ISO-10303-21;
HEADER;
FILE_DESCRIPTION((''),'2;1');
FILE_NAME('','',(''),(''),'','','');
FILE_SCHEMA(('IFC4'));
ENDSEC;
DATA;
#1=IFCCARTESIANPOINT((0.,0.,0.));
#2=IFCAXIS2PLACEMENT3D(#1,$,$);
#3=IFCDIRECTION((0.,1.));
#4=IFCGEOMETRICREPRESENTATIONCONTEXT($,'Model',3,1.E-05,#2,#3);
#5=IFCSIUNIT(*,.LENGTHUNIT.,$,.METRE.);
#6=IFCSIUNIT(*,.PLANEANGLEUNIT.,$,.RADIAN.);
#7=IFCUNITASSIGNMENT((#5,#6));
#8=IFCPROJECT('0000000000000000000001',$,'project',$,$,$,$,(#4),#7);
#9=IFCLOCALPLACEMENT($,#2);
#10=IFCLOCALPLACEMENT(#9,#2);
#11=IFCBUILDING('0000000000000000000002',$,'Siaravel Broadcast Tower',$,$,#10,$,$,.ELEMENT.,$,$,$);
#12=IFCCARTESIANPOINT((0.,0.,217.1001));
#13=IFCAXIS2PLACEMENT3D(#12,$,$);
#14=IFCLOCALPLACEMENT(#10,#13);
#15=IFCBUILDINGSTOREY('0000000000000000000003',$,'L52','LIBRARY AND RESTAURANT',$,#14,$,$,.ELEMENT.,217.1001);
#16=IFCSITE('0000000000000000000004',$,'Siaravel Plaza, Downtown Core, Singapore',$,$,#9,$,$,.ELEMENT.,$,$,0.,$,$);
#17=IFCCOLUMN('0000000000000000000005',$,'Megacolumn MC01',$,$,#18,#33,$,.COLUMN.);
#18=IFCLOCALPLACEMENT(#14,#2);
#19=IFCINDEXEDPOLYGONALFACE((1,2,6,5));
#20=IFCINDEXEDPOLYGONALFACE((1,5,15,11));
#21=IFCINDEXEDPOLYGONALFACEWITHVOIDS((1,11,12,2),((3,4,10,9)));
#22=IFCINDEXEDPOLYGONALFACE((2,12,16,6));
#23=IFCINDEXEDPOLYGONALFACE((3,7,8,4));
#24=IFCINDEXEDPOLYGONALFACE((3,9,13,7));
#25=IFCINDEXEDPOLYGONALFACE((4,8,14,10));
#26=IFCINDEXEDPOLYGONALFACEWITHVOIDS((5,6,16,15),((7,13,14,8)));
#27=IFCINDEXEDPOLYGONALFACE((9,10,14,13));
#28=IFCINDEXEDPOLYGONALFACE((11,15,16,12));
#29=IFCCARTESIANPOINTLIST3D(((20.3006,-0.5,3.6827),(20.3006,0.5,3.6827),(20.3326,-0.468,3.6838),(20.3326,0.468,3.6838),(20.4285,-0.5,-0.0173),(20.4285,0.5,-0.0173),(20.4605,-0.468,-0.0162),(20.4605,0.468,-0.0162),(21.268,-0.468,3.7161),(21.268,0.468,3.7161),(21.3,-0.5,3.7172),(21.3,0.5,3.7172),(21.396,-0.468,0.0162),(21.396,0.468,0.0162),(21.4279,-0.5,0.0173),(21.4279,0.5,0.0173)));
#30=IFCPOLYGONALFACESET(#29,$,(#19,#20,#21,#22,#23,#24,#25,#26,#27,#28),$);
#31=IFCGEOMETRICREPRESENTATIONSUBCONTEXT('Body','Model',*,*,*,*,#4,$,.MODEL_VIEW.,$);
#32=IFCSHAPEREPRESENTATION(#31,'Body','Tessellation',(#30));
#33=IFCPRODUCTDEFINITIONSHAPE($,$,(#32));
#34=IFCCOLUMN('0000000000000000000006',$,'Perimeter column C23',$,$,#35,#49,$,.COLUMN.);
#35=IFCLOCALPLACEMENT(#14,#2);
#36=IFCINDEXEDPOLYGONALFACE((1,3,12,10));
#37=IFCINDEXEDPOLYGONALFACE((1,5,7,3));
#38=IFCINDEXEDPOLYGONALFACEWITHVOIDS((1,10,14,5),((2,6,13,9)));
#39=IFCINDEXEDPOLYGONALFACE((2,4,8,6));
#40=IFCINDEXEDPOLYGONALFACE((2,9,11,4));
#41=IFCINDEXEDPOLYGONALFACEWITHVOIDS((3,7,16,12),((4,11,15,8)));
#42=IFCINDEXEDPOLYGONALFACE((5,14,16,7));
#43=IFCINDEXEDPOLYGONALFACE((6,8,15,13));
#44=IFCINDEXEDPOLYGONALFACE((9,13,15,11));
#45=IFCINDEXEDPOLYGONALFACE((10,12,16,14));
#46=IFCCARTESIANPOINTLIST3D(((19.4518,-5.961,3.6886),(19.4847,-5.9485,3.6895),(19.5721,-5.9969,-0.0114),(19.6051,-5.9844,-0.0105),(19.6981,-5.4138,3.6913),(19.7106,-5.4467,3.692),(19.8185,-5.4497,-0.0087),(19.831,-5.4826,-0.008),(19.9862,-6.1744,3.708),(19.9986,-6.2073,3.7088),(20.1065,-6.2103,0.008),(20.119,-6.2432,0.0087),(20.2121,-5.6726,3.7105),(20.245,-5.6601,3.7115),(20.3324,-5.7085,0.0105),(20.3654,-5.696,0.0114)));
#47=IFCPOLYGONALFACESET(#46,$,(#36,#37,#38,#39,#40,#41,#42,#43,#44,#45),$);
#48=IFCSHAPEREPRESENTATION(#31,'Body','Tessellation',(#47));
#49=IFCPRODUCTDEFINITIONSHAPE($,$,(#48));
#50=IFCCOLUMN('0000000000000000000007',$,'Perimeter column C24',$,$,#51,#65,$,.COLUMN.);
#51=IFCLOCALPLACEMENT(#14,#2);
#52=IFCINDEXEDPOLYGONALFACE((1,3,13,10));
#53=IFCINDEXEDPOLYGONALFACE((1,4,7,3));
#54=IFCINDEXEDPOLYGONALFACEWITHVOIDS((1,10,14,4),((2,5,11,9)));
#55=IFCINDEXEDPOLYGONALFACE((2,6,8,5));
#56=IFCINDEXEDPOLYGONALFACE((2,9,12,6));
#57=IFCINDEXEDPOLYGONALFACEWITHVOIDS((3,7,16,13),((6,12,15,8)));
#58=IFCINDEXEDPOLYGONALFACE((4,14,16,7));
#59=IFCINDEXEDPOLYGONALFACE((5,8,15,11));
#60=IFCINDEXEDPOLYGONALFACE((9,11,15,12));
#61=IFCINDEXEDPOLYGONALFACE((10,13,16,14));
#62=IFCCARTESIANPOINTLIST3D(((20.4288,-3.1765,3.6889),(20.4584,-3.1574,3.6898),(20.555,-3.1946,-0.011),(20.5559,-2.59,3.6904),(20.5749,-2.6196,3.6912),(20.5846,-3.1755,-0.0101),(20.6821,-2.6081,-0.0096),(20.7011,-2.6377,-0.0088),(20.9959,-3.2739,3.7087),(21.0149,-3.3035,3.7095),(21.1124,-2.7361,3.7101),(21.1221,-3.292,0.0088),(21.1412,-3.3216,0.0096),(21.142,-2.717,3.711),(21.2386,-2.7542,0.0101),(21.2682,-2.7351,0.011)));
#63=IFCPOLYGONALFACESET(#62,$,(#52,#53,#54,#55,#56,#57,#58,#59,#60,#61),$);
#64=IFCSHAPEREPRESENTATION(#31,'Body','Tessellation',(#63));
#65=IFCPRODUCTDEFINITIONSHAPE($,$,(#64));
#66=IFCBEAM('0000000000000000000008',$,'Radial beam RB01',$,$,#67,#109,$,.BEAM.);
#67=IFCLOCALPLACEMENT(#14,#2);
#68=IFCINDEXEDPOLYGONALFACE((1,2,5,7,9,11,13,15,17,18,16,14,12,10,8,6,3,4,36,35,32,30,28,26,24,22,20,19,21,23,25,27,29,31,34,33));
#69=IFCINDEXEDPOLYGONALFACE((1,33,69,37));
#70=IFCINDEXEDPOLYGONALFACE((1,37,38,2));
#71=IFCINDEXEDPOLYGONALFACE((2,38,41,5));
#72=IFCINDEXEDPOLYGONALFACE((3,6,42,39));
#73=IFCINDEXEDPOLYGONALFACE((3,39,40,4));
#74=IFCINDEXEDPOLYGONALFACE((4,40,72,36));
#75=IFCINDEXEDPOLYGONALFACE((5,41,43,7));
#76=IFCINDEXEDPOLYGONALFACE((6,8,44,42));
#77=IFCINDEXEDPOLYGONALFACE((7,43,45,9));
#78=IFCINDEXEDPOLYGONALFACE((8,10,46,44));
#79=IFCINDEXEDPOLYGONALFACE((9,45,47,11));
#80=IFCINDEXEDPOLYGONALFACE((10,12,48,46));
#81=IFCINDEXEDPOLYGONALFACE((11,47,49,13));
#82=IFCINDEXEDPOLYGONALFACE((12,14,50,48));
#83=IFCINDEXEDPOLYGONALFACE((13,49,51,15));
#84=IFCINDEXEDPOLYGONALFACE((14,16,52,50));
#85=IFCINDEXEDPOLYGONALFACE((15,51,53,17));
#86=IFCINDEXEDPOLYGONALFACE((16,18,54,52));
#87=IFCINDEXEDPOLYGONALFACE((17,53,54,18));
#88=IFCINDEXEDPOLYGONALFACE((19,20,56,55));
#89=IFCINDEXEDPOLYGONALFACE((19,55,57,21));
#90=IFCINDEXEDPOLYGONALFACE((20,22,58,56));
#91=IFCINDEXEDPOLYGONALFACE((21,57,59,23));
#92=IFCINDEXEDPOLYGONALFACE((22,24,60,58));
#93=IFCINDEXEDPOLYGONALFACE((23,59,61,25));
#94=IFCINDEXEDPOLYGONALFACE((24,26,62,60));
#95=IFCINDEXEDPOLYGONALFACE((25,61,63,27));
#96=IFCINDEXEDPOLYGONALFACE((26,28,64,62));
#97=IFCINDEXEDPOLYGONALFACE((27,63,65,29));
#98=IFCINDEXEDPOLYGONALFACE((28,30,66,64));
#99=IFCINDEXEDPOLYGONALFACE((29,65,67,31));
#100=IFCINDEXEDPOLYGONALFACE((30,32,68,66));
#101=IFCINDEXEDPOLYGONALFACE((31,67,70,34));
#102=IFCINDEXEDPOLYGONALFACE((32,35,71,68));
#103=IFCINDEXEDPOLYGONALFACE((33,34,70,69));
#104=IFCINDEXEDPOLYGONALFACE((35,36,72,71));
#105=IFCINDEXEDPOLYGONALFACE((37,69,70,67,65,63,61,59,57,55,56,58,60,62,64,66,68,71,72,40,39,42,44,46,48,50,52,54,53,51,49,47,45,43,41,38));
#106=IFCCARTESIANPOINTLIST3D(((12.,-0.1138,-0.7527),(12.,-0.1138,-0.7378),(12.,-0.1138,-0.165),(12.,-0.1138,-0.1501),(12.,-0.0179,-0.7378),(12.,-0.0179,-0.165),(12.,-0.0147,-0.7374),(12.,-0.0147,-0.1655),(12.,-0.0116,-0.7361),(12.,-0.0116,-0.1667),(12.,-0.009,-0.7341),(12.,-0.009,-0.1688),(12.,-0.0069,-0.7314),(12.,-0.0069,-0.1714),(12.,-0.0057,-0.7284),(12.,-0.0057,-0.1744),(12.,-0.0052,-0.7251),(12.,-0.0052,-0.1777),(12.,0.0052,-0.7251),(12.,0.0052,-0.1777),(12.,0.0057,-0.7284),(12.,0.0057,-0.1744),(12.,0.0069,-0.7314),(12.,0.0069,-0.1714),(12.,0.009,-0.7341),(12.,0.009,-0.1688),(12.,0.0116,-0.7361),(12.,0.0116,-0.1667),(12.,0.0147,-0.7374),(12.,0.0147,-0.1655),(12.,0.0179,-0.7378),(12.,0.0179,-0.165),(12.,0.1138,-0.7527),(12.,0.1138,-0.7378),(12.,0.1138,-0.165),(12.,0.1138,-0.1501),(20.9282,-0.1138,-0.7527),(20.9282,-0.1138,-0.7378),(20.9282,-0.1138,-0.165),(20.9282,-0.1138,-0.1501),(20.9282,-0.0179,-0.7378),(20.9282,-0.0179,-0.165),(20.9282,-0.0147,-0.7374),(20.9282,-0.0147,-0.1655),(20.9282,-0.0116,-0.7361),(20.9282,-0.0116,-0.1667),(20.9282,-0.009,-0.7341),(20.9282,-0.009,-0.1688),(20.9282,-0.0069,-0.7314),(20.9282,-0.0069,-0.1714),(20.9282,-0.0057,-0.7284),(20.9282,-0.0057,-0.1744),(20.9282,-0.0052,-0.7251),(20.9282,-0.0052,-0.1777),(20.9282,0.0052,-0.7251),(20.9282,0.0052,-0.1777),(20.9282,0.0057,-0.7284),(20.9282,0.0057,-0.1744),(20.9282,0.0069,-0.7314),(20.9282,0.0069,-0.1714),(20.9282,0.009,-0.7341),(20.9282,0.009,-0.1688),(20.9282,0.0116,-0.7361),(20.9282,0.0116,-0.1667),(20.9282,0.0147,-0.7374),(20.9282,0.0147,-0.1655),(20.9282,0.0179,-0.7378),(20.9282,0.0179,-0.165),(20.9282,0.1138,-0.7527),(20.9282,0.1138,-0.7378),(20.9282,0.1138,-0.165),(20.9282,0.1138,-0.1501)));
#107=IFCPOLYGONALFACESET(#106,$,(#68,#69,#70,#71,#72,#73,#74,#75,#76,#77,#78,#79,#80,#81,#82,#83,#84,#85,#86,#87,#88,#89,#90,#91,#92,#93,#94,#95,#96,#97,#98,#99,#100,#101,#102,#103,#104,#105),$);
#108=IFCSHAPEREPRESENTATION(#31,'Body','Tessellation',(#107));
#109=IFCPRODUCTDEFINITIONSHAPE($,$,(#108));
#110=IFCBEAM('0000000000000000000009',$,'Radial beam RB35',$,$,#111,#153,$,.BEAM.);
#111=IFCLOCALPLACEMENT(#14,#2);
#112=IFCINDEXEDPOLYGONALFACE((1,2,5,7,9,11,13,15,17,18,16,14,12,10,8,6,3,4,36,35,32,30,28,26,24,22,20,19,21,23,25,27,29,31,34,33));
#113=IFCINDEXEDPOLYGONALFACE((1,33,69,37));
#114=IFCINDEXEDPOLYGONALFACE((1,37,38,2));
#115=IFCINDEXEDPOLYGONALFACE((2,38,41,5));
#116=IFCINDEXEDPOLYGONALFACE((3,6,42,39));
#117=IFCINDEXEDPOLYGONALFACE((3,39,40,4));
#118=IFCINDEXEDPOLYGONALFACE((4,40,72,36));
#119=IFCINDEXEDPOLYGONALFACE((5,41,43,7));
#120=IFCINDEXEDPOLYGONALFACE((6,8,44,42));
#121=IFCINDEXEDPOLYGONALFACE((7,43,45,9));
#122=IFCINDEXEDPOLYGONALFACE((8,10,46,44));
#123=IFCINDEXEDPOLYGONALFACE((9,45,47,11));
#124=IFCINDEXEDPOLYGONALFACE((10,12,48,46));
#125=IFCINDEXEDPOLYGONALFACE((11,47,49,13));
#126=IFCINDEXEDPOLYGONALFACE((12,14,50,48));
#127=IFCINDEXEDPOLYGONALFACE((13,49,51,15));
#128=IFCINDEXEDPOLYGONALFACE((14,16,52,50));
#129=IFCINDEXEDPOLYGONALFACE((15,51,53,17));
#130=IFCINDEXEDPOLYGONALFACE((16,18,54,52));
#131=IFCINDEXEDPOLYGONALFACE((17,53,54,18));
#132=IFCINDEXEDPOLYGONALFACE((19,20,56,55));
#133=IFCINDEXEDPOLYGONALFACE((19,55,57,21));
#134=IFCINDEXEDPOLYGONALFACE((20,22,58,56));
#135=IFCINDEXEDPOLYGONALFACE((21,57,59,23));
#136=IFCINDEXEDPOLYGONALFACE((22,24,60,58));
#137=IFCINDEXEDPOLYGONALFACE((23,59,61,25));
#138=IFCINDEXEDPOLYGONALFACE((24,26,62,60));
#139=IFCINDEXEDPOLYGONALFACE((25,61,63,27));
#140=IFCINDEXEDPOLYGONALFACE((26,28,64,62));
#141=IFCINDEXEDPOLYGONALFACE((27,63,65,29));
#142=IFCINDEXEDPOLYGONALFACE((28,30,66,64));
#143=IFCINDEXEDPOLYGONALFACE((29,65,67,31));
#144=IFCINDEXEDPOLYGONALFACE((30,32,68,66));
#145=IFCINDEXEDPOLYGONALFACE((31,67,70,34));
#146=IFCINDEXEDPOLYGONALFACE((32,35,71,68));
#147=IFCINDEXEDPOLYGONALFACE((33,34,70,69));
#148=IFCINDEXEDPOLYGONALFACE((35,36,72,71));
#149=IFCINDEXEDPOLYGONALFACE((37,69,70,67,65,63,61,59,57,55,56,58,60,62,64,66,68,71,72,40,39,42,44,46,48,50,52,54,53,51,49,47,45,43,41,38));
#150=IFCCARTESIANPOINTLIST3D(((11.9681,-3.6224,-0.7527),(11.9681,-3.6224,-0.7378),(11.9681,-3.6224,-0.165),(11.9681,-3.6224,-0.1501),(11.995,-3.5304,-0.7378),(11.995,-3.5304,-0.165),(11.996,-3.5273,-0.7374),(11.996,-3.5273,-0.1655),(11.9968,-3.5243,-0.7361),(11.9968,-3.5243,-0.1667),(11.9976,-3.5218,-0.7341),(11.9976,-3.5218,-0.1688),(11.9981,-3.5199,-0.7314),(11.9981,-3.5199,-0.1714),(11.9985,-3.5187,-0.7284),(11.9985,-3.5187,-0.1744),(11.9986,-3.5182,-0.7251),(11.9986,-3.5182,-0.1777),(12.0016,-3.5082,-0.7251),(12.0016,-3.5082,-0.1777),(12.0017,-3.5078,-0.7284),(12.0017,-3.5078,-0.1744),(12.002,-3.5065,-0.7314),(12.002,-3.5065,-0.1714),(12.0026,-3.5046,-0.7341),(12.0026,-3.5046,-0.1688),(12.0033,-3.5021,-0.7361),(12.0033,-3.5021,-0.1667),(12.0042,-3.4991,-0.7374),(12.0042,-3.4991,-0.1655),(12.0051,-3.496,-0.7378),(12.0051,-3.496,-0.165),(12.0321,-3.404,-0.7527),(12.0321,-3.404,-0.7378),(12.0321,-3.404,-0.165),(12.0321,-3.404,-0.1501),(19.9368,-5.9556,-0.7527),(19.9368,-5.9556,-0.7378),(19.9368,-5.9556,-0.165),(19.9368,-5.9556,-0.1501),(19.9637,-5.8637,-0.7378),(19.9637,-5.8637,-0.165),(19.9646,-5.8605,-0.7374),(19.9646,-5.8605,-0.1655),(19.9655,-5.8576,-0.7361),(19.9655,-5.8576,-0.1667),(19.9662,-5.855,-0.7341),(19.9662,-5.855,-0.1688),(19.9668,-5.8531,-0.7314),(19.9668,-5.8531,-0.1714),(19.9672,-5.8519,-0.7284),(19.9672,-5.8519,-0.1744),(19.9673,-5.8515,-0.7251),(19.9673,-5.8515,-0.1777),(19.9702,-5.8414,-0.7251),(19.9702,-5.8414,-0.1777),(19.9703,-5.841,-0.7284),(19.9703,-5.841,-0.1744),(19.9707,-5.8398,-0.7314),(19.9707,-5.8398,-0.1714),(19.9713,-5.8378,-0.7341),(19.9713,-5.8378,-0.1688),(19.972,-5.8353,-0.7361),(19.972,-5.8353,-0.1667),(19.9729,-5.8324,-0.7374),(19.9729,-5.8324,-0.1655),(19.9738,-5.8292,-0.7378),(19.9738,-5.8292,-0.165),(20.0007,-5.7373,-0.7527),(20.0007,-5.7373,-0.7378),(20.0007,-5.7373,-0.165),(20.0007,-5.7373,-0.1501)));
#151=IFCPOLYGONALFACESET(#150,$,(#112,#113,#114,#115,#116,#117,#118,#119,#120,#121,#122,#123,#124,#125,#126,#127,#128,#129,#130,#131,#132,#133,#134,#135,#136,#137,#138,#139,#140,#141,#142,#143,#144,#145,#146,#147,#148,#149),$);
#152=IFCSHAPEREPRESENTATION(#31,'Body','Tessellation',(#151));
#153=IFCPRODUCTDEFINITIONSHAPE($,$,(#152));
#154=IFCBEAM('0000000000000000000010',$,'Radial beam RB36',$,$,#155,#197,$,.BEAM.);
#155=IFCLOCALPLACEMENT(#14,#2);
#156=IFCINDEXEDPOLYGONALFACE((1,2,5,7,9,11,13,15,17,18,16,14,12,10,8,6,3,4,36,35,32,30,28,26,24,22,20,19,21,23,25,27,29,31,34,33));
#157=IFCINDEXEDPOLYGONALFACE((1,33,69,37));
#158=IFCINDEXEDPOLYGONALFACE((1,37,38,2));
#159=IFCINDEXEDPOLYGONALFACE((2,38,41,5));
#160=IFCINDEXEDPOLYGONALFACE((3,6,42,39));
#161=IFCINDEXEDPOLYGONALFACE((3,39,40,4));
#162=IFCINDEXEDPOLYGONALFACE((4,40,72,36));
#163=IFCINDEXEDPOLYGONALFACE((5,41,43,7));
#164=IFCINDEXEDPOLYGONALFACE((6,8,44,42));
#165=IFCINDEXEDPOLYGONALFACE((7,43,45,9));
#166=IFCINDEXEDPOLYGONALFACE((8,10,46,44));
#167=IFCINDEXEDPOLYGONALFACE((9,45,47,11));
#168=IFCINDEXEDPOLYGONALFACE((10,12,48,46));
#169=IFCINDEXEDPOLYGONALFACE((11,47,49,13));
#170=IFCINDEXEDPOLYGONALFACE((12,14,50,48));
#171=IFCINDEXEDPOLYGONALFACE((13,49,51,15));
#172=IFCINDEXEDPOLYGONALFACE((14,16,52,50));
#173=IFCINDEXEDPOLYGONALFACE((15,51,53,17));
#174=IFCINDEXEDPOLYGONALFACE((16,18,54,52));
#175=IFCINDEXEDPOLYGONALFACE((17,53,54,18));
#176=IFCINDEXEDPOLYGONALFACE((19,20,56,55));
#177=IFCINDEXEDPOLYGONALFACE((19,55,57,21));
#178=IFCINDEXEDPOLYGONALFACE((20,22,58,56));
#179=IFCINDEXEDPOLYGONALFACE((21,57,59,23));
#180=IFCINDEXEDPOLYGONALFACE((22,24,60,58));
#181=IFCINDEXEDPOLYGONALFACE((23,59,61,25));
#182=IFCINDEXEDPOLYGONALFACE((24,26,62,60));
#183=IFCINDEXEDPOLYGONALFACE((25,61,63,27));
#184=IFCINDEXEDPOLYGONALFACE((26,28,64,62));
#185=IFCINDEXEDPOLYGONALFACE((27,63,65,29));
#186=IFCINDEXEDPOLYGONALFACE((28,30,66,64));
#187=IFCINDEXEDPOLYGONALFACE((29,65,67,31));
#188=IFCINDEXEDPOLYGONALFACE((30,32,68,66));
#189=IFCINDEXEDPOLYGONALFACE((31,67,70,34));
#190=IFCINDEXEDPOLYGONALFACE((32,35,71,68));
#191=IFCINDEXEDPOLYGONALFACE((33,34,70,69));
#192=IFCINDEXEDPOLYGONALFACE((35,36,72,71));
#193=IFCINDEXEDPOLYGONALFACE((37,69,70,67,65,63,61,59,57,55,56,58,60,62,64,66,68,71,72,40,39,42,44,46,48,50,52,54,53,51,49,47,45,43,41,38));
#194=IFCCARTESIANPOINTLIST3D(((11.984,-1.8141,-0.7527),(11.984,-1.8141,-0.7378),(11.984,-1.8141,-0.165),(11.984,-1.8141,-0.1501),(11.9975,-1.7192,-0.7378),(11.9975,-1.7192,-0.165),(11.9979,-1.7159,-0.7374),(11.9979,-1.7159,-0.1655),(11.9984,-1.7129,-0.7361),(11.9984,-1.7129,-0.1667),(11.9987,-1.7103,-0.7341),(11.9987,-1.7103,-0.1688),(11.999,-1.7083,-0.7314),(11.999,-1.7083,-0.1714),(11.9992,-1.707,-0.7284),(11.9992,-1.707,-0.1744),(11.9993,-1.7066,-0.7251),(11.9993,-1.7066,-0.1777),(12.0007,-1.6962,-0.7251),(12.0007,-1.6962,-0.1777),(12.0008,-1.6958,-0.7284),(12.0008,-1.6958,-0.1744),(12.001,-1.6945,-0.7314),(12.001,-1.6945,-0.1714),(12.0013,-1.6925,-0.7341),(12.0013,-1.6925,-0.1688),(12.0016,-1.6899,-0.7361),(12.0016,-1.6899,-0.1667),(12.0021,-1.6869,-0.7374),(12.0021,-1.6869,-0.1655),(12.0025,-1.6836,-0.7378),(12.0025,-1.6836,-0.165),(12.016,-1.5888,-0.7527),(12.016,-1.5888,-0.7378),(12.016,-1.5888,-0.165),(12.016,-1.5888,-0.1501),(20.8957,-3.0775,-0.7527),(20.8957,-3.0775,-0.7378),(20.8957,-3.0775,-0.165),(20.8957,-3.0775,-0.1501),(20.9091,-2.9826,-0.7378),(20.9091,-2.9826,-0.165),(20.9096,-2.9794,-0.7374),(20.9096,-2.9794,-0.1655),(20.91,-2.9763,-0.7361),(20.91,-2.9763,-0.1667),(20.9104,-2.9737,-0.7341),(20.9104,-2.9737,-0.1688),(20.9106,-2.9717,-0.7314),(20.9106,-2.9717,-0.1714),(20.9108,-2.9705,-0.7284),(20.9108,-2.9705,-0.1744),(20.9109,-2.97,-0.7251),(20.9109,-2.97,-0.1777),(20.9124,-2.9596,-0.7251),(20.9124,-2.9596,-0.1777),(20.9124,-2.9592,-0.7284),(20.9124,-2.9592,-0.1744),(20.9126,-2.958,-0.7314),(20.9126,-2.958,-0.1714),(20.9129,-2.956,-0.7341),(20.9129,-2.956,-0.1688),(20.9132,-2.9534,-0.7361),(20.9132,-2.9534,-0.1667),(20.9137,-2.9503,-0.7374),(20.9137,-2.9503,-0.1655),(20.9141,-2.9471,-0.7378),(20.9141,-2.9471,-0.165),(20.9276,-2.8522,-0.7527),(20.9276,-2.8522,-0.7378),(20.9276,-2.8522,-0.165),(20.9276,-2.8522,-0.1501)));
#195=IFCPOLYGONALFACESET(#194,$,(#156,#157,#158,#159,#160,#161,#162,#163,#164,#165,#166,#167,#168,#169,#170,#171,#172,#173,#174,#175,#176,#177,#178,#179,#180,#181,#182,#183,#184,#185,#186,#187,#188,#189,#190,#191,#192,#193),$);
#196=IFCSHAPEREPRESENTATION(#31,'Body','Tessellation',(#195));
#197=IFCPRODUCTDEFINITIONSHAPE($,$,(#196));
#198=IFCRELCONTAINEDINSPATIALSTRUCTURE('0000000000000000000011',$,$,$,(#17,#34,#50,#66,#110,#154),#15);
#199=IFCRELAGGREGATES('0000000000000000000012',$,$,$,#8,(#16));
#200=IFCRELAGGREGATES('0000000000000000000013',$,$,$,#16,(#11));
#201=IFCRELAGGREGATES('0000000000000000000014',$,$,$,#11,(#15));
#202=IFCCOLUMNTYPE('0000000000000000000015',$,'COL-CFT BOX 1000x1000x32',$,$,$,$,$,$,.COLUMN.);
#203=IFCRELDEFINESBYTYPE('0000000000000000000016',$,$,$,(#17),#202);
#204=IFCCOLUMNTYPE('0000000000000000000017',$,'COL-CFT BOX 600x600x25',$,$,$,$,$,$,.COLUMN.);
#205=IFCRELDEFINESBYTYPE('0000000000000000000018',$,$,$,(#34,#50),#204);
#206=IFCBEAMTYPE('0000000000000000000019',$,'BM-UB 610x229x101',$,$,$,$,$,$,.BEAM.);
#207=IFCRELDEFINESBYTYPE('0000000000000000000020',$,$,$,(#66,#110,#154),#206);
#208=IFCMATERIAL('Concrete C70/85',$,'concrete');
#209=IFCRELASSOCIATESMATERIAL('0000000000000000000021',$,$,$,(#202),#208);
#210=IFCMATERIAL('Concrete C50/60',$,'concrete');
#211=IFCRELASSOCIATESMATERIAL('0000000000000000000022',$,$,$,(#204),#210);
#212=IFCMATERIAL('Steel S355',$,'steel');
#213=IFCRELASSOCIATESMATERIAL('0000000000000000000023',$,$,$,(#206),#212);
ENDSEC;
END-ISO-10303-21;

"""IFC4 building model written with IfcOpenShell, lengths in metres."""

from ifc_helpers import new_model, si_unit, direction, frame, origin, origin_2d, place, context, subcontext, project, spatial, hollow_rectangle, i_section, extrude, material, material_profile, profile_set, type_object, element, save


model = new_model("IFC4")

# Units and contexts
model_context = context("Model", 3, precision=1e-05, world=origin(), true_north=direction((0.0, 1.0)))
body_context = subcontext(model_context, "Body", "Model", "MODEL_VIEW")
ifc_project = project(units=[si_unit("LENGTHUNIT", "METRE"), si_unit("PLANEANGLEUNIT", "RADIAN")], contexts=[model_context])

# Site, building, storey
site_placement = place(None, origin())
site = spatial("IfcSite", under=ifc_project, at=site_placement, Name="Siaravel Plaza, Downtown Core, Singapore", CompositionType="ELEMENT", RefElevation=0.0)
building_placement = place(site_placement, origin())
building = spatial("IfcBuilding", under=site, at=building_placement, Name="Siaravel Broadcast Tower", CompositionType="ELEMENT")
storey_placement = place(building_placement, frame((0.0, 0.0, 217.1001)))
storey = spatial("IfcBuildingStorey", under=building, at=storey_placement, Name="L52", Description="LIBRARY AND RESTAURANT", CompositionType="ELEMENT", Elevation=217.1001)

# Columns
ifc_material_1 = material(Name="Concrete C70/85", Category="concrete")
ifc_material_profile_1 = material_profile(ifc_material_1, hollow_rectangle(XDim=1.0, YDim=1.0, WallThickness=0.032, at=origin_2d()))
ifc_profile_set_1 = profile_set([ifc_material_profile_1], Name="Concrete C70/85")
column_type_1 = type_object("IfcColumnType", Name="COL-CFT BOX 1000x1000x32", PredefinedType="COLUMN", material=ifc_profile_set_1)
column_placement = place(storey_placement, frame((20.9282, 0.0, 0.0), z_axis=(-0.034555, 0.0, 0.999403), x_axis=(0.0, -1.0, 0.0)))
element("IfcColumn", 1, at=column_placement, inside=storey, type_object=column_type_1, Name="Megacolumn MC01", PredefinedType="COLUMN", context=body_context, shape_type="SweptSolid", body=[
    extrude(hollow_rectangle(XDim=1.0, YDim=1.0, WallThickness=0.032, at=origin_2d()), origin(), (0.0, 0.0, 1.0), 3.7021),
])
ifc_material_2 = material(Name="Concrete C50/60", Category="concrete")
ifc_material_profile_2 = material_profile(ifc_material_2, hollow_rectangle(XDim=0.6001, YDim=0.6001, WallThickness=0.0249, at=origin_2d()))
ifc_profile_set_2 = profile_set([ifc_material_profile_2], Name="Concrete C50/60")
column_type_2 = type_object("IfcColumnType", Name="COL-CFT BOX 600x600x25", PredefinedType="COLUMN", material=ifc_profile_set_2)
for number, where, z_axis, x_axis, name in (
    (2, (19.9688, -5.8464, 0.0), (-0.032512, 0.009694, 0.999424), (-0.410522, -0.91184, -0.00451), "Perimeter column C23"),
    (3, (20.9116, -2.9648, 0.0), (-0.034094, 0.00488, 0.999407), (-0.211703, -0.977331, -0.00245), "Perimeter column C24"),
):
    element("IfcColumn", number, at=place(storey_placement, frame(where, z_axis=z_axis, x_axis=x_axis)), inside=storey, type_object=column_type_2, Name=name, PredefinedType="COLUMN", context=body_context, shape_type="SweptSolid", body=[
        extrude(hollow_rectangle(XDim=0.6001, YDim=0.6001, WallThickness=0.0249, at=origin_2d()), origin(), (0.0, 0.0, 1.0), 3.7021),
    ])

# Beams
ifc_material_3 = material(Name="Steel S355", Category="steel")
ifc_material_profile_3 = material_profile(ifc_material_3, i_section(OverallWidth=0.2275, OverallDepth=0.6025, WebThickness=0.0105, FlangeThickness=0.0149, FilletRadius=0.0127, at=origin_2d()))
ifc_profile_set_3 = profile_set([ifc_material_profile_3], Name="Steel S355")
beam_type = type_object("IfcBeamType", Name="BM-UB 610x229x101", PredefinedType="BEAM", material=ifc_profile_set_3)
beam_1_placement = place(storey_placement, frame((20.9282, 0.0, -0.4514), z_axis=(-1.0, 0.0, 0.0), x_axis=(0.0, -1.0, 0.0)))
element("IfcBeam", 4, at=beam_1_placement, inside=storey, type_object=beam_type, Name="Radial beam RB01", PredefinedType="BEAM", context=body_context, shape_type="SweptSolid", body=[
    extrude(i_section(OverallWidth=0.2275, OverallDepth=0.6025, WebThickness=0.0105, FlangeThickness=0.0149, FilletRadius=0.0127, at=origin_2d()), origin(), (0.0, 0.0, 1.0), 8.9282),
])
beam_2_placement = place(storey_placement, frame((19.9688, -5.8464, -0.4514), z_axis=(-0.959707, 0.281002, 0.0), x_axis=(-0.281002, -0.959707, 0.0)))
element("IfcBeam", 5, at=beam_2_placement, inside=storey, type_object=beam_type, Name="Radial beam RB35", PredefinedType="BEAM", context=body_context, shape_type="SweptSolid", body=[
    extrude(i_section(OverallWidth=0.2275, OverallDepth=0.6025, WebThickness=0.0105, FlangeThickness=0.0149, FilletRadius=0.0127, at=origin_2d()), origin(), (0.0, 0.0, 1.0), 8.3032),
])
beam_3_placement = place(storey_placement, frame((20.9116, -2.9648, -0.4514), z_axis=(-0.990099, 0.140369, 0.0), x_axis=(-0.140369, -0.990099, 0.0)))
element("IfcBeam", 6, at=beam_3_placement, inside=storey, type_object=beam_type, Name="Radial beam RB36", PredefinedType="BEAM", context=body_context, shape_type="SweptSolid", body=[
    extrude(i_section(OverallWidth=0.2275, OverallDepth=0.6025, WebThickness=0.0105, FlangeThickness=0.0149, FilletRadius=0.0127, at=origin_2d()), origin(), (0.0, 0.0, 1.0), 9.0007),
])

save(model, "model.ifc")
